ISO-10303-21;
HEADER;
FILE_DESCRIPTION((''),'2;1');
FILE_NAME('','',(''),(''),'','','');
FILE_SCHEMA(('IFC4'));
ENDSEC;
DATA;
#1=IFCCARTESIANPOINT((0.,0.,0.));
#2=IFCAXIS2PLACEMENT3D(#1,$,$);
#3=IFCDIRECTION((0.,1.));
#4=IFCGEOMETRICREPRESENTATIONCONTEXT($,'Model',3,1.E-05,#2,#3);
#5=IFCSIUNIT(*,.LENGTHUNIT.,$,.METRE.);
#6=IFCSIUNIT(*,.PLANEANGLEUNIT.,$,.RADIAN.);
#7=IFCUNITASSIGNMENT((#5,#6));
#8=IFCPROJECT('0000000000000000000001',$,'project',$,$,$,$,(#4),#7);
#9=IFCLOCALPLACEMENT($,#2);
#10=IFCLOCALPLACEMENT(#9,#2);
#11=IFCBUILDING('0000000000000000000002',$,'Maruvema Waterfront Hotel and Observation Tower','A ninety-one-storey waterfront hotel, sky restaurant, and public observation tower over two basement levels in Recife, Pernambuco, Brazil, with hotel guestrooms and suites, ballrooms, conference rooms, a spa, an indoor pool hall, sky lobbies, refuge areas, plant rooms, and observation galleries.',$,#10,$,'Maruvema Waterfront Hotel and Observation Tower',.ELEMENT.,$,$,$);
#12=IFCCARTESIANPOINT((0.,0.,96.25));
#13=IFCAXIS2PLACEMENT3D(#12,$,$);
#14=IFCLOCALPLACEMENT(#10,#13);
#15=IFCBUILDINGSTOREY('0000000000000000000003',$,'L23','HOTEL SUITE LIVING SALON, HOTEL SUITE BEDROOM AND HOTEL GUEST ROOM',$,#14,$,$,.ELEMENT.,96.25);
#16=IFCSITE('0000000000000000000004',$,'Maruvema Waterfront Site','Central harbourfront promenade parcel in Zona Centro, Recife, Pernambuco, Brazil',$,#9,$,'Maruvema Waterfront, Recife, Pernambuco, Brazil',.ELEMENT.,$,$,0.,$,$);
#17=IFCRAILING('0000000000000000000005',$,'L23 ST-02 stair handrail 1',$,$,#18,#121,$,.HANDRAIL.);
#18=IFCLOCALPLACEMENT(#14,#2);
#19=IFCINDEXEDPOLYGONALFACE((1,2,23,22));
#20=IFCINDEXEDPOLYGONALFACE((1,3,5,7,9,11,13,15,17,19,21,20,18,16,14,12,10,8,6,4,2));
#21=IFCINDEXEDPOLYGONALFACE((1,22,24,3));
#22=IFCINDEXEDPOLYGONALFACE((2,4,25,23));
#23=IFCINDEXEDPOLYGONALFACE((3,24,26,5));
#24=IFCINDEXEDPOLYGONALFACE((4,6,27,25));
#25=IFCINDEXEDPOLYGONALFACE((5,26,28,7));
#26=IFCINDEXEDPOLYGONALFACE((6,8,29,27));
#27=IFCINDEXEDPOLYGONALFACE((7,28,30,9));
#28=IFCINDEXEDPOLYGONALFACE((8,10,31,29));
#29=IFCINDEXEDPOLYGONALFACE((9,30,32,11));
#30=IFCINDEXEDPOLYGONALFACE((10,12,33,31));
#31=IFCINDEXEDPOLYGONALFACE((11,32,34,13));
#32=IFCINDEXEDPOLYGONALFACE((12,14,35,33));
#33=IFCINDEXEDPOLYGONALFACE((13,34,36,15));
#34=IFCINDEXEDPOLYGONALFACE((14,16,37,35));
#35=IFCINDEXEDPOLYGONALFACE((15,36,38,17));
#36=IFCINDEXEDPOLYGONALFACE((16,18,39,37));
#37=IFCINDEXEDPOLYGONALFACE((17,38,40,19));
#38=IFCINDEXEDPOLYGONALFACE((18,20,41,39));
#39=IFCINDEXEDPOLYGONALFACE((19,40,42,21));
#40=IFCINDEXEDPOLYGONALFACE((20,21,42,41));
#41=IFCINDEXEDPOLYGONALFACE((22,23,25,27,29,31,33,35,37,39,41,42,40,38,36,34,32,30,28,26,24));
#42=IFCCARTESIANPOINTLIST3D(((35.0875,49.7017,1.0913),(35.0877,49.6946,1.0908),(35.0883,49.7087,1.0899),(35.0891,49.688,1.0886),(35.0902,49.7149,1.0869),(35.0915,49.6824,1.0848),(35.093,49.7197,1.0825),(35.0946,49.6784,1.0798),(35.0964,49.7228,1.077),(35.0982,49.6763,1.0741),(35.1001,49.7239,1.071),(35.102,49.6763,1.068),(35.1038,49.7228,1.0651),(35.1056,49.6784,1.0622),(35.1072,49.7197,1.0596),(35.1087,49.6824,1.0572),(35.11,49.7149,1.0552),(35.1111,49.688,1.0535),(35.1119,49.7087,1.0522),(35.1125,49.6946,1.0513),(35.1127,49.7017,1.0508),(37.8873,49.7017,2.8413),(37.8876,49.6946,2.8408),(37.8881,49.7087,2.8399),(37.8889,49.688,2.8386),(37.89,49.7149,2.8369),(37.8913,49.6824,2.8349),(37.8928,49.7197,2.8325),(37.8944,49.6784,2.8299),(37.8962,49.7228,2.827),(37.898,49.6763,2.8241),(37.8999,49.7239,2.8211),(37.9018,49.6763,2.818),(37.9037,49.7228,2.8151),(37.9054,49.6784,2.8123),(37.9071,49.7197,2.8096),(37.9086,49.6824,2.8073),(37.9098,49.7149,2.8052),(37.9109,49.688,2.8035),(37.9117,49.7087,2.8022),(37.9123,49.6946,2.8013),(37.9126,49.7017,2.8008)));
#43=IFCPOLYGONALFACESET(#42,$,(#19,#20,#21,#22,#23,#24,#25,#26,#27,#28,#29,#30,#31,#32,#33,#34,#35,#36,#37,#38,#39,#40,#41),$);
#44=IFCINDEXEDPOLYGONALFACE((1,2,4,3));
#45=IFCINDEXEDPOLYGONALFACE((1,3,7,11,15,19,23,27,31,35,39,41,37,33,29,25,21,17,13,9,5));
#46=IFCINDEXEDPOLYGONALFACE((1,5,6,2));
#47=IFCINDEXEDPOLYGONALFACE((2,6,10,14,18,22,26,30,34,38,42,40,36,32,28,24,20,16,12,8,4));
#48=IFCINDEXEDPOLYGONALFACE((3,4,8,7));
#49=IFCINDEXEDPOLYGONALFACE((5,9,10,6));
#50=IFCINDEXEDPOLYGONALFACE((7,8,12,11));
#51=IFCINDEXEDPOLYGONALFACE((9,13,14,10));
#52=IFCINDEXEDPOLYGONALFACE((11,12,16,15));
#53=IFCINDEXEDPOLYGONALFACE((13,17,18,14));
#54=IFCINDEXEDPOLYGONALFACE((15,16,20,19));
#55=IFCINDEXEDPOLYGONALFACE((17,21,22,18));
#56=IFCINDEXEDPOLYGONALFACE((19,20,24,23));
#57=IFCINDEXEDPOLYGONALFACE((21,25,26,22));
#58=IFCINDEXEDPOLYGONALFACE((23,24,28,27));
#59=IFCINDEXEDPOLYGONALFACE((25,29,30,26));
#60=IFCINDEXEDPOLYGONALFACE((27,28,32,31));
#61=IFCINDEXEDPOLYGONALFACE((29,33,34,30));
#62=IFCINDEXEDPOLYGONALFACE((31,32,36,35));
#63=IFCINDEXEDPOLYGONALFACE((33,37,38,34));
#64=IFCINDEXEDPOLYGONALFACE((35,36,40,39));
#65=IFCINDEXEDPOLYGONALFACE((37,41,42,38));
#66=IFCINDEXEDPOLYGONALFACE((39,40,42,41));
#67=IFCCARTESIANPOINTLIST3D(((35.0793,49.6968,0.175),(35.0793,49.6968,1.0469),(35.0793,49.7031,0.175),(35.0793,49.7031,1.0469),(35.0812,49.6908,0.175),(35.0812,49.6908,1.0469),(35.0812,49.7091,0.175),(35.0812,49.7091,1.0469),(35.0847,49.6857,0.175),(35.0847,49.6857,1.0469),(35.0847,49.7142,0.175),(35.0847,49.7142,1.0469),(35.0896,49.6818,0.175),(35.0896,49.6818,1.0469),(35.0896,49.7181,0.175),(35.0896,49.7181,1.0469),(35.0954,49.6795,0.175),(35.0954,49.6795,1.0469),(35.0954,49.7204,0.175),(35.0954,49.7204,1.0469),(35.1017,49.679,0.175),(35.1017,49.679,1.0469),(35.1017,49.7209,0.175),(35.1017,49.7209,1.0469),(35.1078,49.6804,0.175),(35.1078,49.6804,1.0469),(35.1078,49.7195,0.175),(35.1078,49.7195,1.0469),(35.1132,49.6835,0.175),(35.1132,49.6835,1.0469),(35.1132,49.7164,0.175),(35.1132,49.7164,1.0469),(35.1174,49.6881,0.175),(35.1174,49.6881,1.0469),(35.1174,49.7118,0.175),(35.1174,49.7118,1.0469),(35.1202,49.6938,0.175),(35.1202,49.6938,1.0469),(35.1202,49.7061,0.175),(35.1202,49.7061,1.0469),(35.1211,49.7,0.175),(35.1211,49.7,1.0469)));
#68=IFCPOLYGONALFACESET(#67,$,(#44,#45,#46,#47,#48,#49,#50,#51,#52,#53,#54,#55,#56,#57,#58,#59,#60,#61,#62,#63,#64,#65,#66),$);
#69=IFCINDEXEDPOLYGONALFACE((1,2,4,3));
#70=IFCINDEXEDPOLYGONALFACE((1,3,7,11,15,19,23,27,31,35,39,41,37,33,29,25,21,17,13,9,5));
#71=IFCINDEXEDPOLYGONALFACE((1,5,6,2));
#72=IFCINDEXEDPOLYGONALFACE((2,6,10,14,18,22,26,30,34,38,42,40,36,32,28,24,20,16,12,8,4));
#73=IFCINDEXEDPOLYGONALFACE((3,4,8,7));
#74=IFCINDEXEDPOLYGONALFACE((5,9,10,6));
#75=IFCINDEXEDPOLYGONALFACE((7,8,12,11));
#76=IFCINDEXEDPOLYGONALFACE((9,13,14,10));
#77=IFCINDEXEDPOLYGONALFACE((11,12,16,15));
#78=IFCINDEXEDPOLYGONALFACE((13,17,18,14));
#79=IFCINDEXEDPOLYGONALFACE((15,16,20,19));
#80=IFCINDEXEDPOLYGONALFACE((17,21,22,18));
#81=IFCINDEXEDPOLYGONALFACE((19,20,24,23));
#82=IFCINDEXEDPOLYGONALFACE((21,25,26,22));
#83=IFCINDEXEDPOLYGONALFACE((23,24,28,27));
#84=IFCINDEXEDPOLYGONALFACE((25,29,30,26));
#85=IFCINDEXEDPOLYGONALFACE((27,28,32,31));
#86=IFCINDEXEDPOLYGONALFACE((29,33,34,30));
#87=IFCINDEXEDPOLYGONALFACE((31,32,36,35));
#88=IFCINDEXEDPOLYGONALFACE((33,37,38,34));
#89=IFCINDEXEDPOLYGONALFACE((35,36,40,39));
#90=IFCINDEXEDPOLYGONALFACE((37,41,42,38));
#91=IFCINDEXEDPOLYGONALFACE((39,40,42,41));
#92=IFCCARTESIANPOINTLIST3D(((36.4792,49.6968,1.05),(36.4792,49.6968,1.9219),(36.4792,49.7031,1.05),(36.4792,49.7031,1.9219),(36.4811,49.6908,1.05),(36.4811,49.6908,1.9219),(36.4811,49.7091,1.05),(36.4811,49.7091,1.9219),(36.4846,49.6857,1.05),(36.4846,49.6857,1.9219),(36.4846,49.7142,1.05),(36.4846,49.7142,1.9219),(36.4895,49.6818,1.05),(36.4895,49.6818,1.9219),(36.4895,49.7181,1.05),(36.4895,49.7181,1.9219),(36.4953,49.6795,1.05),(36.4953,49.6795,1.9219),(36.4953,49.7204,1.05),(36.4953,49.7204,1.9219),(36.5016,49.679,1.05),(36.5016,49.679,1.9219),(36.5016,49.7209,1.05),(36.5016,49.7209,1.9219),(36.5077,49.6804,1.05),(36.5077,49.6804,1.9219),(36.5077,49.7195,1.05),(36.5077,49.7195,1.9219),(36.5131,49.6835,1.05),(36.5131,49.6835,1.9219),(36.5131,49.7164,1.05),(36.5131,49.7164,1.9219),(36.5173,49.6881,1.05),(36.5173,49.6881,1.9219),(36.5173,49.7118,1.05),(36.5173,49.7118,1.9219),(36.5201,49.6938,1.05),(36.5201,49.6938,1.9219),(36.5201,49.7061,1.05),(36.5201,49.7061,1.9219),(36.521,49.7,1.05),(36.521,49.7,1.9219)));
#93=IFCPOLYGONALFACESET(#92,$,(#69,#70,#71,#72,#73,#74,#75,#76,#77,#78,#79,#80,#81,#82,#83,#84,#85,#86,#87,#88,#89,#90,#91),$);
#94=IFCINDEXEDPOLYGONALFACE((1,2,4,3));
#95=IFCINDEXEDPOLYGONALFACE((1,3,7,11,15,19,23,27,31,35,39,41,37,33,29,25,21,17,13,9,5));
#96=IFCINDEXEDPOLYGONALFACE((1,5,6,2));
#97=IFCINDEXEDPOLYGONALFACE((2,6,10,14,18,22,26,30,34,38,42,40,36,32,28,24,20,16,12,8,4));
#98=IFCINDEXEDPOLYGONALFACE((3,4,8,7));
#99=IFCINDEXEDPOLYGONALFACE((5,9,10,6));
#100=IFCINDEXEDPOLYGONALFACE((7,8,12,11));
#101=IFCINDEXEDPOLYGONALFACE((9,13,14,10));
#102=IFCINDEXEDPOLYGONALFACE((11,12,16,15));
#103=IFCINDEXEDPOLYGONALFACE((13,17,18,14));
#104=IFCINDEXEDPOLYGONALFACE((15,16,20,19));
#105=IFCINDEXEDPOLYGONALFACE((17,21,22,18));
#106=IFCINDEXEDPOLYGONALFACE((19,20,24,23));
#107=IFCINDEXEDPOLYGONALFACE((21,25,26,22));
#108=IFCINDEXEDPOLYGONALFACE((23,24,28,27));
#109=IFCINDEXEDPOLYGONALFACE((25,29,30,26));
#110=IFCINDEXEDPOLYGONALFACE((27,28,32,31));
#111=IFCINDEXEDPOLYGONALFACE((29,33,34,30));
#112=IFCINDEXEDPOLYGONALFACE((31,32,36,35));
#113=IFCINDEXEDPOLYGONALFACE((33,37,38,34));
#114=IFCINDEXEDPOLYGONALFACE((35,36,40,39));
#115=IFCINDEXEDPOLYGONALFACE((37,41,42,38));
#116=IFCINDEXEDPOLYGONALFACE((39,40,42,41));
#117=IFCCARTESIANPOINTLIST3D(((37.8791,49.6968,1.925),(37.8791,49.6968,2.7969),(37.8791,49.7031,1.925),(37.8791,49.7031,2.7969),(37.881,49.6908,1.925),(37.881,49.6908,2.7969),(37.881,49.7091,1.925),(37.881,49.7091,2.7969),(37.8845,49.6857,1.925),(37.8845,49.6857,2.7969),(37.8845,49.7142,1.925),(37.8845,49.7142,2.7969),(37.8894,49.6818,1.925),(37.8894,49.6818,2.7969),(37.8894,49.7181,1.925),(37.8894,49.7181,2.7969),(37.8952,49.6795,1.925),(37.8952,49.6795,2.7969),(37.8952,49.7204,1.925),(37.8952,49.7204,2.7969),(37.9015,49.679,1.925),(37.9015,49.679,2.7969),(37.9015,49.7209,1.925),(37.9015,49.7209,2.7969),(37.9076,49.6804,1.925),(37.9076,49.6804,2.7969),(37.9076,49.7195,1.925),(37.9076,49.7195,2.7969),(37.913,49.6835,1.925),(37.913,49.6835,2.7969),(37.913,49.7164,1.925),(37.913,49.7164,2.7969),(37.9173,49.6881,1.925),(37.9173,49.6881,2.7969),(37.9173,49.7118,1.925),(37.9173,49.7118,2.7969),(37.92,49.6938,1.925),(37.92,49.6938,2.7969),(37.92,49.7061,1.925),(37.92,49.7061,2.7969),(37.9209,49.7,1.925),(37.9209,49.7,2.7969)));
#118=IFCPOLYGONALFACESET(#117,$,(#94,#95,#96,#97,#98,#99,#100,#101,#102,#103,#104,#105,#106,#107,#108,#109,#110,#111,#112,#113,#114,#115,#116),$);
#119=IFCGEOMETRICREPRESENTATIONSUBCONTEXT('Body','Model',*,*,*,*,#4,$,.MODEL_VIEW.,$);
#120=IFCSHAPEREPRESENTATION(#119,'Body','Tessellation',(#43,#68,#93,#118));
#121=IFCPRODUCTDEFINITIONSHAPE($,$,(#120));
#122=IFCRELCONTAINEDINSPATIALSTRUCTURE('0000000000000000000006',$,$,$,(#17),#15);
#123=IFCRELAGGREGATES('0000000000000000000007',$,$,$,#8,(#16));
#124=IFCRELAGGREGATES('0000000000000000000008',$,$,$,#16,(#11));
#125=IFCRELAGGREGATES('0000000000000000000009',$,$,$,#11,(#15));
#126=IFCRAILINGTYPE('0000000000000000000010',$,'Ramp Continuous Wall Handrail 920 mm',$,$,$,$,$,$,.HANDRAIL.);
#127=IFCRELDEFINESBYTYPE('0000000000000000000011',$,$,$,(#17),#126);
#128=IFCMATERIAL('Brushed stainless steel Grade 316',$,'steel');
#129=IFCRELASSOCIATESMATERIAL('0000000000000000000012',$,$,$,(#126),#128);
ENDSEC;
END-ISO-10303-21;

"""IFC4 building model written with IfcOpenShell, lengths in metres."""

from ifc_helpers import new_model, si_unit, direction, frame, origin, origin_2d, place, context, subcontext, project, spatial, circle, extrude, material, type_object, element, save


model = new_model("IFC4")

# Units and contexts
model_context = context("Model", 3, precision=1e-05, world=origin(), true_north=direction((0.0, 1.0)))
body_context = subcontext(model_context, "Body", "Model", "MODEL_VIEW")
ifc_project = project(units=[si_unit("LENGTHUNIT", "METRE"), si_unit("PLANEANGLEUNIT", "RADIAN")], contexts=[model_context])

# Site, building, storey
site_placement = place(None, origin())
site = spatial("IfcSite", under=ifc_project, at=site_placement, Name="Maruvema Waterfront Site", Description="Central harbourfront promenade parcel in Zona Centro, Recife, Pernambuco, Brazil", LongName="Maruvema Waterfront, Recife, Pernambuco, Brazil", CompositionType="ELEMENT", RefElevation=0.0)
building_placement = place(site_placement, origin())
building = spatial("IfcBuilding", under=site, at=building_placement, Name="Maruvema Waterfront Hotel and Observation Tower", Description="A ninety-one-storey waterfront hotel, sky restaurant, and public observation tower over two basement levels in Recife, Pernambuco, Brazil, with hotel guestrooms and suites, ballrooms, conference rooms, a spa, an indoor pool hall, sky lobbies, refuge areas, plant rooms, and observation galleries.", LongName="Maruvema Waterfront Hotel and Observation Tower", CompositionType="ELEMENT")
storey_placement = place(building_placement, frame((0.0, 0.0, 96.25)))
storey = spatial("IfcBuildingStorey", under=building, at=storey_placement, Name="L23", Description="HOTEL SUITE LIVING SALON, HOTEL SUITE BEDROOM AND HOTEL GUEST ROOM", CompositionType="ELEMENT", Elevation=96.25)

# Railing
ifc_material_1 = material(Name="Brushed stainless steel Grade 316", Category="steel")
railing_type_1 = type_object("IfcRailingType", Name="Ramp Continuous Wall Handrail 920 mm", PredefinedType="HANDRAIL", material=ifc_material_1)
railing_1_placement = place(storey_placement, frame((35.1001, 49.7, 0.175)))
element("IfcRailing", 1, at=railing_1_placement, inside=storey, type_object=railing_type_1, Name="L23 ST-02 stair handrail 1", PredefinedType="HANDRAIL", context=body_context, shape_type="SweptSolid", body=[
    extrude(circle(Radius=0.0239, at=origin_2d()), frame((0.0, 0.0, 0.896), z_axis=(0.847982, 0.0, 0.530026), x_axis=(0.0, 1.0, 0.0)), (0.0, 0.0, 1.0), 3.3018),
    extrude(circle(Radius=0.021, at=origin_2d()), origin(), (0.0, 0.0, 1.0), 0.8718),
    extrude(circle(Radius=0.021, at=origin_2d()), frame((1.3999, 0.0, 0.875)), (0.0, 0.0, 1.0), 0.8718),
    extrude(circle(Radius=0.021, at=origin_2d()), frame((2.7998, 0.0, 1.75)), (0.0, 0.0, 1.0), 0.8718),
])

save(model, "model.ifc")
